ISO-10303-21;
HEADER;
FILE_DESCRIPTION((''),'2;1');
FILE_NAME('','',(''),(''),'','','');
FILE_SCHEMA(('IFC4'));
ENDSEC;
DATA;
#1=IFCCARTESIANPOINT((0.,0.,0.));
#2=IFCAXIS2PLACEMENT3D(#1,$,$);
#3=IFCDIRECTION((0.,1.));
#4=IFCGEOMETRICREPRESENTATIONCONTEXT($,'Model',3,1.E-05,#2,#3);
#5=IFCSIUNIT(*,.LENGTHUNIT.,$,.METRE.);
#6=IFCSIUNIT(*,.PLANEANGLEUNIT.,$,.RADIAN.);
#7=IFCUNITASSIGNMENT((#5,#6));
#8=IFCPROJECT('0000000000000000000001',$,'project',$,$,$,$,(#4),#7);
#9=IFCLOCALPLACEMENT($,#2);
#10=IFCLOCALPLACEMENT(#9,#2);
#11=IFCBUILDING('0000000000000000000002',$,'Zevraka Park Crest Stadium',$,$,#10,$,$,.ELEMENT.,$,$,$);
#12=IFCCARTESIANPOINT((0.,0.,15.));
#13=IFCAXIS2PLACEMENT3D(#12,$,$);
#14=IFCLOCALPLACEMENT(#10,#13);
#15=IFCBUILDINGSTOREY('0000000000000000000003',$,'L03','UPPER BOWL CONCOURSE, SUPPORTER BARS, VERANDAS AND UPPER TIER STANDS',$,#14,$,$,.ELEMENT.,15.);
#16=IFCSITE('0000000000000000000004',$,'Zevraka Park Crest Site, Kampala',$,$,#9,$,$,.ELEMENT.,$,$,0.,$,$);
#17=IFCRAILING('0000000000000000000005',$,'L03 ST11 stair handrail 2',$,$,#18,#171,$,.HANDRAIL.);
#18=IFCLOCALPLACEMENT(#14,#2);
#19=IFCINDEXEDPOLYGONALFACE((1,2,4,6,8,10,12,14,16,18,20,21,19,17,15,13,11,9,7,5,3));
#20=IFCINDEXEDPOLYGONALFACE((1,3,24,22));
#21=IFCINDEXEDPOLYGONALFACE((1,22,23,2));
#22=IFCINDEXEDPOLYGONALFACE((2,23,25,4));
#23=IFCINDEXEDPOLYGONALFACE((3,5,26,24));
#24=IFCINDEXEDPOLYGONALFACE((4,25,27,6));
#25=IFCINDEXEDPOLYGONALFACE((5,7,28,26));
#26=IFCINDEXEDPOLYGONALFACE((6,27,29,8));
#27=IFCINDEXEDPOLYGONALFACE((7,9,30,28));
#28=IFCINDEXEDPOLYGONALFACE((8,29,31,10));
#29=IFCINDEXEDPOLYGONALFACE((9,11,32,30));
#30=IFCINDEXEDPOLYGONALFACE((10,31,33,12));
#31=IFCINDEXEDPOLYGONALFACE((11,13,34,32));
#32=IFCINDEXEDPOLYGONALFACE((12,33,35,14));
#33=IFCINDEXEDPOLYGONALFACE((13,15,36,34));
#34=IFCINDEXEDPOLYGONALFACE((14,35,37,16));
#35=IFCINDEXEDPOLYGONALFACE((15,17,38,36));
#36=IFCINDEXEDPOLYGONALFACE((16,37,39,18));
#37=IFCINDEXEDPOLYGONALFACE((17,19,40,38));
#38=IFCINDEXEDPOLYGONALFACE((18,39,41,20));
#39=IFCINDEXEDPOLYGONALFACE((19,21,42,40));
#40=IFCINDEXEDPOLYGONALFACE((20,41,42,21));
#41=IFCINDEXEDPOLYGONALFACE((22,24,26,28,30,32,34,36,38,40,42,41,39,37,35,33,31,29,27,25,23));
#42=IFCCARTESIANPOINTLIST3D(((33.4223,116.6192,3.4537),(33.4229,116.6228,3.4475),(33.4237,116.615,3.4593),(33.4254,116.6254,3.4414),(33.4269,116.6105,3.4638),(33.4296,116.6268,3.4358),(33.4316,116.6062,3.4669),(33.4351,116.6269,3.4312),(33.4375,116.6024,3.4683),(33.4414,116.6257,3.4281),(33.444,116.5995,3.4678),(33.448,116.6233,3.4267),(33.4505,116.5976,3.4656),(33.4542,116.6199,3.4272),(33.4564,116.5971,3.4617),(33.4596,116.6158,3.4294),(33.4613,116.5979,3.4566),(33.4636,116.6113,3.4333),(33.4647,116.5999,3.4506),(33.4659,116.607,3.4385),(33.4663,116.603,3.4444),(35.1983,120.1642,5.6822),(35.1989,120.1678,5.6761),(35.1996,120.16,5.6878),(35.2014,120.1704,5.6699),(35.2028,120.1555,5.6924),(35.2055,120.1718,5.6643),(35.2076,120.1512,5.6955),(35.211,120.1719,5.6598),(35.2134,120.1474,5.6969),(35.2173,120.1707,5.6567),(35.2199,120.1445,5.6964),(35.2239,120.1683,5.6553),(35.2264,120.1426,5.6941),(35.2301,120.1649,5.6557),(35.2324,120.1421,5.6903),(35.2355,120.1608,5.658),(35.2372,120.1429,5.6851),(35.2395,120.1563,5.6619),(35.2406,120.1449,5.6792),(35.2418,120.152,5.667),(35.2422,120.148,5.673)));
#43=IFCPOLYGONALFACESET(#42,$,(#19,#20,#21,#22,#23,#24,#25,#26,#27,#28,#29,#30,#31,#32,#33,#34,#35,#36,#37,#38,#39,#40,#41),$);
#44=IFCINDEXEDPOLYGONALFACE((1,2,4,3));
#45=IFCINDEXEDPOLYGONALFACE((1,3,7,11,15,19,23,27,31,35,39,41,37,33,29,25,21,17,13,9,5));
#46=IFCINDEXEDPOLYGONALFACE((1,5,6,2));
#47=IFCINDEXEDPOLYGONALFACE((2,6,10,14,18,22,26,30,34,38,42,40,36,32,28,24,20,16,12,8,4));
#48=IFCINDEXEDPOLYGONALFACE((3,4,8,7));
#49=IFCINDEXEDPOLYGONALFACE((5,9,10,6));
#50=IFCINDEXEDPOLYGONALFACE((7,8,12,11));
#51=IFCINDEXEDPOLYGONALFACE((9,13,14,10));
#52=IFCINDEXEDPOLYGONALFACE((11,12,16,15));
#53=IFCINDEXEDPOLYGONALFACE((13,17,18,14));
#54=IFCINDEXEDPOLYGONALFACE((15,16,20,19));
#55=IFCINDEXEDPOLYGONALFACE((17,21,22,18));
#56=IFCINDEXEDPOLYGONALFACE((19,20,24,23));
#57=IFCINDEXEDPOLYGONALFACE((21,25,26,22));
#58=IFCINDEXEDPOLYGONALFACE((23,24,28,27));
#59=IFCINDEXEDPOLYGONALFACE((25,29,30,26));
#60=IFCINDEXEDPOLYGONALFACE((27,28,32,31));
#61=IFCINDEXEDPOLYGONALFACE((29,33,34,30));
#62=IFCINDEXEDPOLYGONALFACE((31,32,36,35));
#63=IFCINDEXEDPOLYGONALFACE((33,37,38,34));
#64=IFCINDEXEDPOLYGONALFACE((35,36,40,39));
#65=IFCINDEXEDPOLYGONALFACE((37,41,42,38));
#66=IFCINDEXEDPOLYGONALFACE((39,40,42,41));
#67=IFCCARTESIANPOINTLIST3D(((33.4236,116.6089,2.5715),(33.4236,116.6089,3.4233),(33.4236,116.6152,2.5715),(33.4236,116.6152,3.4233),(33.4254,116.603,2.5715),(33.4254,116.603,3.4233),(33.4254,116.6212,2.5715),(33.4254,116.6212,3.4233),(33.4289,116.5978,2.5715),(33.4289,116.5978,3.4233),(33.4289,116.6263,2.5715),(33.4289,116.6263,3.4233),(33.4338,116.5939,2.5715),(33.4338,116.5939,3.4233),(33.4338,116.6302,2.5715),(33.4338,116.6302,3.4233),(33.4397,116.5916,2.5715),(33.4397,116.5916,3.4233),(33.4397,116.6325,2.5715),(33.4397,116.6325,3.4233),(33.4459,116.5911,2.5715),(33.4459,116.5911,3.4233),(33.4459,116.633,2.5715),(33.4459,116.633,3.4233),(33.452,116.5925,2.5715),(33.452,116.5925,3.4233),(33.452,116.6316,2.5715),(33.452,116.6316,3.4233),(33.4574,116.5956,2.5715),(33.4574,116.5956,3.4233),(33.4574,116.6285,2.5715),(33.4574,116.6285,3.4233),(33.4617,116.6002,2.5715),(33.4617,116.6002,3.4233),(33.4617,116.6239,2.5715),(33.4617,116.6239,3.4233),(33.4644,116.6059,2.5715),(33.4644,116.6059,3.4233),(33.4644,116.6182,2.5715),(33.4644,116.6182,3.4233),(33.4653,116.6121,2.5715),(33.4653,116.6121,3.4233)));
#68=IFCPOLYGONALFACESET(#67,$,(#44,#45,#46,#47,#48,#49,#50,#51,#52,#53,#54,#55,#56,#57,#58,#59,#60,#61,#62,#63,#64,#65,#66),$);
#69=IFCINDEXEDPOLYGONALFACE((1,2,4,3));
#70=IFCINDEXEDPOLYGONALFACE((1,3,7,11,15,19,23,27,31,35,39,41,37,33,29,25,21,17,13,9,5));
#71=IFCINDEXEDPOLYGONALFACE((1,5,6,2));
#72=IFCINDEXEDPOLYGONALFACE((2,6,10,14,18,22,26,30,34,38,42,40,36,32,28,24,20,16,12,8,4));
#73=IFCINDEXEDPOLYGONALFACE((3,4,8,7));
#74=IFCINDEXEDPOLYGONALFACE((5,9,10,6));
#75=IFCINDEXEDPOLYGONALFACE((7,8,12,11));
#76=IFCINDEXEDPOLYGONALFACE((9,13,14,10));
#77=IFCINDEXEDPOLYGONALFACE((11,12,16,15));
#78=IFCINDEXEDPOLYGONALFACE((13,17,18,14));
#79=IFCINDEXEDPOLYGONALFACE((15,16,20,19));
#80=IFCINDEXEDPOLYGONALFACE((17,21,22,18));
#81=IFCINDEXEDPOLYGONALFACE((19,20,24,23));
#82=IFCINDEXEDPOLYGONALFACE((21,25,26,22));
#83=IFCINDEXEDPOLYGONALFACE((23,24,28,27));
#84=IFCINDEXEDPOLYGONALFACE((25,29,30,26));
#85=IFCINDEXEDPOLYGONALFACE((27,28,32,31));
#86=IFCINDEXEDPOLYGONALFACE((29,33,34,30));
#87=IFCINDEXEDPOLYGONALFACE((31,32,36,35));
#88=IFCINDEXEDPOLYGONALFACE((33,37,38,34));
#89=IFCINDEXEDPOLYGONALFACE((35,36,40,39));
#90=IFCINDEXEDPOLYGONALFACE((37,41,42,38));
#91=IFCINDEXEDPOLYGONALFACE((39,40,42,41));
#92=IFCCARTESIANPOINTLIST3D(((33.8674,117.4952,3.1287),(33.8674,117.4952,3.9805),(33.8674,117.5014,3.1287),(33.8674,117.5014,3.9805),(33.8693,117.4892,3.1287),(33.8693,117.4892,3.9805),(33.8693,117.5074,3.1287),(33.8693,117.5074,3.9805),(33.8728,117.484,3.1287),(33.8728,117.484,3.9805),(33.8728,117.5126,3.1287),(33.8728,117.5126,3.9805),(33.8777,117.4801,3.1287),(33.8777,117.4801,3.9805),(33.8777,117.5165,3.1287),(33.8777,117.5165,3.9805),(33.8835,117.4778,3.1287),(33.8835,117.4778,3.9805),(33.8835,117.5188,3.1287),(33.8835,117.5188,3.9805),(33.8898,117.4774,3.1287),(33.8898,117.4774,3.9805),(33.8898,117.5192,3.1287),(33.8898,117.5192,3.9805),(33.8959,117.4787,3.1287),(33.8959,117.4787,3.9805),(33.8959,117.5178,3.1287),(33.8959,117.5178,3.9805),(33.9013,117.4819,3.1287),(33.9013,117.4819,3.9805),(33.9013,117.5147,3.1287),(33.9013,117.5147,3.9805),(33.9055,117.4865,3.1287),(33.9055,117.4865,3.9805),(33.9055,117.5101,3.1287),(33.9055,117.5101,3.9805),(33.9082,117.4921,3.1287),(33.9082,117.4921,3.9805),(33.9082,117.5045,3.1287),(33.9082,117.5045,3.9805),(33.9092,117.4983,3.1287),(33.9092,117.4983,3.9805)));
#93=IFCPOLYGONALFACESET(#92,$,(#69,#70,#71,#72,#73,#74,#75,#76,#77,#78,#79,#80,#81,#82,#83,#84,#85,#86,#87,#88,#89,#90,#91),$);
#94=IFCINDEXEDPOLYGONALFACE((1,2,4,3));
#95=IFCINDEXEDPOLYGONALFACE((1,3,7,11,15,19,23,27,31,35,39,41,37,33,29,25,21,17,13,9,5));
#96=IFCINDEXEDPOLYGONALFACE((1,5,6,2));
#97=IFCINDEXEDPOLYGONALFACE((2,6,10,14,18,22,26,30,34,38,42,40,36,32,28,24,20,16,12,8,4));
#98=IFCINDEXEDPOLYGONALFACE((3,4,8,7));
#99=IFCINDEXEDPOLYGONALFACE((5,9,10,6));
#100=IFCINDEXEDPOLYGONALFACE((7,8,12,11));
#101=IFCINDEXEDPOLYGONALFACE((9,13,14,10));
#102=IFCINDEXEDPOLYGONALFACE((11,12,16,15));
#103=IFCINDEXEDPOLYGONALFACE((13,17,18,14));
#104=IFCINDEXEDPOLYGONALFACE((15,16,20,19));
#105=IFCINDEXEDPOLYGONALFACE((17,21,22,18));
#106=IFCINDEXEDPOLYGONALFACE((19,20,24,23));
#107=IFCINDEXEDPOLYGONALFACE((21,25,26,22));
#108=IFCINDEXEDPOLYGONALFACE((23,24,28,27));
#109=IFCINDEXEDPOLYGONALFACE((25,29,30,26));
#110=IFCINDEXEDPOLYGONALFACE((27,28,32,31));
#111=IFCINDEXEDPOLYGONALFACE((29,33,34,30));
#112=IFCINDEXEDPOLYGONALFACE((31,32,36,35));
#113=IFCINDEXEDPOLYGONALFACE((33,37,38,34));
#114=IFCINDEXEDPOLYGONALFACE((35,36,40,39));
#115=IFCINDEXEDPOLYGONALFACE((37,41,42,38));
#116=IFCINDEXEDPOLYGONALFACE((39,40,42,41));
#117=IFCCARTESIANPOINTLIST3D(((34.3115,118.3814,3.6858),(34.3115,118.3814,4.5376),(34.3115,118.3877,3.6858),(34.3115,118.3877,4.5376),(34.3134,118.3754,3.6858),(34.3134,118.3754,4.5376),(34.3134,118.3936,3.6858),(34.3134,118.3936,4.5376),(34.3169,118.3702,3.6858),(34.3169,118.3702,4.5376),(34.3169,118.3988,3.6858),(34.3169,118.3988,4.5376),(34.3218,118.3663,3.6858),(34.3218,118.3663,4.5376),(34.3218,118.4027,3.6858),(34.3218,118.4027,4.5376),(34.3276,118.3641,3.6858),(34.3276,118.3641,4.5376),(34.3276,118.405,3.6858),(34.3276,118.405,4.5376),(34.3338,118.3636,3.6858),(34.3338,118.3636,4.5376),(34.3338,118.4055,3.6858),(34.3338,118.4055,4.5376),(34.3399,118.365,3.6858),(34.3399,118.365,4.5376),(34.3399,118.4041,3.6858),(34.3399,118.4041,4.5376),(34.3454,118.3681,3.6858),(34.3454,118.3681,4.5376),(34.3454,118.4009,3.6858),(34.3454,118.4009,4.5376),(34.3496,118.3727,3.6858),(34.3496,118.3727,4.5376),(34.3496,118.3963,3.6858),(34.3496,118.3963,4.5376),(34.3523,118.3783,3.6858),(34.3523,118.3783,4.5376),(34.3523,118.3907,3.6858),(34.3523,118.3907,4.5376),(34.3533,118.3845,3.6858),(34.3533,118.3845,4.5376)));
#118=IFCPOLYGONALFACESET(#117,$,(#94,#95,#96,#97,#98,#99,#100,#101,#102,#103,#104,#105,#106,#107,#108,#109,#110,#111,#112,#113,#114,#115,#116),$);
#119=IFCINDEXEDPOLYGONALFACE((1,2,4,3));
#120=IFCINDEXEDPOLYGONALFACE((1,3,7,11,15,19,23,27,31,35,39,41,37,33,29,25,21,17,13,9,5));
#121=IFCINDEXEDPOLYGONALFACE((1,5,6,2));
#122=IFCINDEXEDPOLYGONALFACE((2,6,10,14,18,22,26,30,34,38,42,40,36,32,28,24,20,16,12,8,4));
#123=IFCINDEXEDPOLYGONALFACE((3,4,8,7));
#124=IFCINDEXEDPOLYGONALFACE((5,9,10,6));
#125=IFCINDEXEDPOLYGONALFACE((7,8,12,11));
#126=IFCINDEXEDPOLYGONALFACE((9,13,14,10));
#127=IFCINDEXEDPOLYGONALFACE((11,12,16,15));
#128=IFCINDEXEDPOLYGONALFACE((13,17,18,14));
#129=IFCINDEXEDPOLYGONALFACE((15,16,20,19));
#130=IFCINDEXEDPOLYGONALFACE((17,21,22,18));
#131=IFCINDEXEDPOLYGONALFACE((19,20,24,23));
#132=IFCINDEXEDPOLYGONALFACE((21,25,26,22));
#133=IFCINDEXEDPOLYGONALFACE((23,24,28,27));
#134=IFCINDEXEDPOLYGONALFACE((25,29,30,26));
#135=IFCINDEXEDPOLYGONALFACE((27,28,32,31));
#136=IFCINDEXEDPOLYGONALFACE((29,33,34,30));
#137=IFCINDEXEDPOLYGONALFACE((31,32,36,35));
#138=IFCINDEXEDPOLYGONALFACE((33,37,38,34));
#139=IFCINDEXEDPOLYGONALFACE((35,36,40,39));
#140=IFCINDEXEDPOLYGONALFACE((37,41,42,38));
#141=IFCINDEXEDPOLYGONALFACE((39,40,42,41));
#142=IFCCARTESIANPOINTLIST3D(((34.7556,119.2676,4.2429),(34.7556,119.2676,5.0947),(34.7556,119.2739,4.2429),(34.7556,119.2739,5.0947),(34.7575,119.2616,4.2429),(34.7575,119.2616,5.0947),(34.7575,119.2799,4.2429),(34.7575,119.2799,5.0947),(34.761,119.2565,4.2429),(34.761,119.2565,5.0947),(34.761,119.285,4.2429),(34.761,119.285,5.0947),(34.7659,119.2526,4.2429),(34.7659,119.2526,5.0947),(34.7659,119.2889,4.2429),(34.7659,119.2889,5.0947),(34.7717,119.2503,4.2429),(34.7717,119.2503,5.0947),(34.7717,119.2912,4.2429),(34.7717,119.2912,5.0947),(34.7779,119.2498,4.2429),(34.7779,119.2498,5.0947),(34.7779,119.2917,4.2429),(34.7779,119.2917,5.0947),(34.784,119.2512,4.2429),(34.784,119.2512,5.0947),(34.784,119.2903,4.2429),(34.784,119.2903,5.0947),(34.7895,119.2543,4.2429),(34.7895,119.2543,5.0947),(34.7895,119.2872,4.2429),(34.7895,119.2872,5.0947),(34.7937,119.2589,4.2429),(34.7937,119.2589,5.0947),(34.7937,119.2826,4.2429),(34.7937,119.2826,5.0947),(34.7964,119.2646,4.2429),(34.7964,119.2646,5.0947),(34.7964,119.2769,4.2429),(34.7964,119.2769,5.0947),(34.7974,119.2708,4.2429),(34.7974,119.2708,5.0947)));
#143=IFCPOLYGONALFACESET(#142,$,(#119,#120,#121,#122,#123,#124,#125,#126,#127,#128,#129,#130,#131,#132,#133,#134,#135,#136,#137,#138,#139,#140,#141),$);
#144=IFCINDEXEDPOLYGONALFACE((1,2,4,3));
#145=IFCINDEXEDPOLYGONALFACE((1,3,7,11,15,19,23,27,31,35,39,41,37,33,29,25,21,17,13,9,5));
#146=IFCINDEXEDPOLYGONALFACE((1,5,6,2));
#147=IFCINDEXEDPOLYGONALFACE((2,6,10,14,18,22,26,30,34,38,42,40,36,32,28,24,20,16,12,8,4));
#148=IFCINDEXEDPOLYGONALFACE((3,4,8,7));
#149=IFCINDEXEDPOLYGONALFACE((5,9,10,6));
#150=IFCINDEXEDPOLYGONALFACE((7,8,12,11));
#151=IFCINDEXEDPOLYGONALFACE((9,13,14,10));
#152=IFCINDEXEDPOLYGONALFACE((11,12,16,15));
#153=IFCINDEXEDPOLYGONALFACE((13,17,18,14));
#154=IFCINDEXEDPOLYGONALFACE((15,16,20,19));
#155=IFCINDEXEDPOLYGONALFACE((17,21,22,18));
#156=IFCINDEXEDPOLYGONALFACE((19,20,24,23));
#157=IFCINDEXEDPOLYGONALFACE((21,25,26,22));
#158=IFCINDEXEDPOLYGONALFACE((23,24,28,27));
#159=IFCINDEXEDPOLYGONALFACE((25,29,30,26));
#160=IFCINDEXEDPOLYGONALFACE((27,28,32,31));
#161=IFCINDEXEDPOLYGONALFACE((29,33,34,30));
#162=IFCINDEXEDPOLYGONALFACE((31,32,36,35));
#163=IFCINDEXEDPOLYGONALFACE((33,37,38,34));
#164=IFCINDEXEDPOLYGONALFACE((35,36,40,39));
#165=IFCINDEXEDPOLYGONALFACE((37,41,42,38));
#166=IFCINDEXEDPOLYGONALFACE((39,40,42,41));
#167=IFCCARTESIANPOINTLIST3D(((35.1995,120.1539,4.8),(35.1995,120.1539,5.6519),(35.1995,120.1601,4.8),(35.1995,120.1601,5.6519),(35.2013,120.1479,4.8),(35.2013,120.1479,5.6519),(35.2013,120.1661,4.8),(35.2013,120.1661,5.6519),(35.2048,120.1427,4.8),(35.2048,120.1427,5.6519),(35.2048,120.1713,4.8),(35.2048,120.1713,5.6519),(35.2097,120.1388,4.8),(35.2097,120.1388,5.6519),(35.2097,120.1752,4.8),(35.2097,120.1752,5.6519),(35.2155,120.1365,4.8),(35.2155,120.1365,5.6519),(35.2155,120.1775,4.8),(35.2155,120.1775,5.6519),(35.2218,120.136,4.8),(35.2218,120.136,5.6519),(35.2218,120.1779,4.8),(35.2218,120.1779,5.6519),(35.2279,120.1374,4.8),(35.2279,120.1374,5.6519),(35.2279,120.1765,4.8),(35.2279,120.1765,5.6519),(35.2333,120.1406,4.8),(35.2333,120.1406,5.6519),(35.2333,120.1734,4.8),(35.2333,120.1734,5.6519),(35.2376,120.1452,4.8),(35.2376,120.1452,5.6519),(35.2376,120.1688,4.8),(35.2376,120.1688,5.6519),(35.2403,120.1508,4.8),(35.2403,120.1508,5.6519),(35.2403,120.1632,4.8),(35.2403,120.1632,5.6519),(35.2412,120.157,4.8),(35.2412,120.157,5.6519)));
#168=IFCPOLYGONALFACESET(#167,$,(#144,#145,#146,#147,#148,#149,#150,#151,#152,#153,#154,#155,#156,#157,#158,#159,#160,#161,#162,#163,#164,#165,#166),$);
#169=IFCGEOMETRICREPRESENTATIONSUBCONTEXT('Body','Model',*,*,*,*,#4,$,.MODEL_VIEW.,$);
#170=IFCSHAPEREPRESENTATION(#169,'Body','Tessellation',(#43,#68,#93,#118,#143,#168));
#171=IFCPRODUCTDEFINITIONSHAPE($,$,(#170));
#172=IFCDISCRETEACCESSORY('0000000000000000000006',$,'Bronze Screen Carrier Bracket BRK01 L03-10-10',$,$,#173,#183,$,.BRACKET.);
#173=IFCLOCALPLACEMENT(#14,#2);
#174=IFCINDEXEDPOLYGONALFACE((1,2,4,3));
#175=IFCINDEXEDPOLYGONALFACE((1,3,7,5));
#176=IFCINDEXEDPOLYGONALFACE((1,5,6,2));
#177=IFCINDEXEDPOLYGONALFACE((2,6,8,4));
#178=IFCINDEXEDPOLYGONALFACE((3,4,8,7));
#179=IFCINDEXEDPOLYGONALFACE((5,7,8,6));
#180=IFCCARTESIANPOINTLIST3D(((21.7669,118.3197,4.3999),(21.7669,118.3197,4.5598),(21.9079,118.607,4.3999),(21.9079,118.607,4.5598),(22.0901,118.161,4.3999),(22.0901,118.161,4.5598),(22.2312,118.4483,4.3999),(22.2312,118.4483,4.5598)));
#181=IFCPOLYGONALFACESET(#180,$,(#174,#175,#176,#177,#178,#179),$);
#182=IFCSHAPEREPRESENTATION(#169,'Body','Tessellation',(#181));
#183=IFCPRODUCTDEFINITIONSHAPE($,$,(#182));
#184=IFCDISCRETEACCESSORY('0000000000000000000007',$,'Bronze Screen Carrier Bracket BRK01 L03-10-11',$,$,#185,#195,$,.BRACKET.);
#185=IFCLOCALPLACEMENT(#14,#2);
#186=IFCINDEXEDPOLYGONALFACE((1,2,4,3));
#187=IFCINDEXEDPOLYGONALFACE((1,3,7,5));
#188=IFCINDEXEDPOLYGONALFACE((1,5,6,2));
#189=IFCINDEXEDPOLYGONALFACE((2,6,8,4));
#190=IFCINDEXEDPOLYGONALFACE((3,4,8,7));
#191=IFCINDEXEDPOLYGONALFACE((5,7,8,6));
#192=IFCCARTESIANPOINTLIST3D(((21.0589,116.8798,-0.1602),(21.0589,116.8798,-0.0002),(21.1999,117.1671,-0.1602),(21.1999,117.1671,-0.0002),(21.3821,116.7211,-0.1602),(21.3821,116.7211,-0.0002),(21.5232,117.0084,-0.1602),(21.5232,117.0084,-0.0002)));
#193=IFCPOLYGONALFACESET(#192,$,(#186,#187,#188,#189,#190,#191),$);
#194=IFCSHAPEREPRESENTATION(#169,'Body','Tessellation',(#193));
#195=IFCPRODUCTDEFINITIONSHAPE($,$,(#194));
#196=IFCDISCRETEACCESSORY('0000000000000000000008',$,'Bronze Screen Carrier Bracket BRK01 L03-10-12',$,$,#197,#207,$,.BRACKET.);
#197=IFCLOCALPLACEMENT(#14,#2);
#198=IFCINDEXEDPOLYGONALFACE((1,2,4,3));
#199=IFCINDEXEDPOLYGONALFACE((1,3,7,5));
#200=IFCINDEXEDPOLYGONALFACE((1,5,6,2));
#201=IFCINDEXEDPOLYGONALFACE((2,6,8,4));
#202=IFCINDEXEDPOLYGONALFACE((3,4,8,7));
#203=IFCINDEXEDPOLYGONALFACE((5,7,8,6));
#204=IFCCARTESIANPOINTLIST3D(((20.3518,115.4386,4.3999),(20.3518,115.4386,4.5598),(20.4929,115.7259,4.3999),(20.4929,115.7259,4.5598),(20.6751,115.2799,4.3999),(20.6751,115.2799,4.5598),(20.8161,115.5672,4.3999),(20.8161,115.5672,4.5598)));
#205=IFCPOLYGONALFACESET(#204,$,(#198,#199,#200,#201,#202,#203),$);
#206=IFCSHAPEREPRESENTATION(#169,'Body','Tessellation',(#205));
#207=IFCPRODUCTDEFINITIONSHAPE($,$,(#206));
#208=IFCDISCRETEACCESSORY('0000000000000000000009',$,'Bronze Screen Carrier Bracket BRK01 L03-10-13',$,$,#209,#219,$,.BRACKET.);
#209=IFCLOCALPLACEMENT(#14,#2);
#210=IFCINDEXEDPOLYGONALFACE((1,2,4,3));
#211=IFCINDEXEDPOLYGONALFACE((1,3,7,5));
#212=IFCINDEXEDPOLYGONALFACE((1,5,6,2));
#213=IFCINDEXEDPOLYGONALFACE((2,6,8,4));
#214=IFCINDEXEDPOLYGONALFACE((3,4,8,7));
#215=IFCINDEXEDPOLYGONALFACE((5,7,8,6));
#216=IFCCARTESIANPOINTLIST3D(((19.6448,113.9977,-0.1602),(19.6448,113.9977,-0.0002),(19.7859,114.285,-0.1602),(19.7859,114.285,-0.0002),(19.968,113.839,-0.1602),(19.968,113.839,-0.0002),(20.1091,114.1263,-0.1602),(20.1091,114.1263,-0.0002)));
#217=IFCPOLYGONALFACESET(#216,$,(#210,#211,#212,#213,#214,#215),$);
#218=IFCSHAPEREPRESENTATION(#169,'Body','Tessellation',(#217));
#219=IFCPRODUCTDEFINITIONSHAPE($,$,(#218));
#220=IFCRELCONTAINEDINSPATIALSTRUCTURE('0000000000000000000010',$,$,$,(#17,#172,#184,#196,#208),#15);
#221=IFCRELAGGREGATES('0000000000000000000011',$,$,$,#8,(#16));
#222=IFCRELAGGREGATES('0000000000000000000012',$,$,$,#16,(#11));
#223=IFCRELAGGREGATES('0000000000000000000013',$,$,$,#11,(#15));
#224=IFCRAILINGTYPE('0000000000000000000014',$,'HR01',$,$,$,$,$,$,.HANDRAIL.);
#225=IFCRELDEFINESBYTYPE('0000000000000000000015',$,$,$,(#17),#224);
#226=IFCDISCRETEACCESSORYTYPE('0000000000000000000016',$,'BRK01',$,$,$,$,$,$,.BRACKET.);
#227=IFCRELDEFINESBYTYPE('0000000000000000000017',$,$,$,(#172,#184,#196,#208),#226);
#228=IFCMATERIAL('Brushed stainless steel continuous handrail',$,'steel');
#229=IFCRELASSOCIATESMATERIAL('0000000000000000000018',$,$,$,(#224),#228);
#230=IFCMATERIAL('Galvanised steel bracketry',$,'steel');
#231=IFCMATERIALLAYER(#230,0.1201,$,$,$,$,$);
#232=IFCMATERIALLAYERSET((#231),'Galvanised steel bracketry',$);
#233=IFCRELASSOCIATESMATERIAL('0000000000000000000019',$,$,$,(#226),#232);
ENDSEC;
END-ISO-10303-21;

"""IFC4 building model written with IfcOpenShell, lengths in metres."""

from ifc_helpers import new_model, si_unit, direction, frame, origin, origin_2d, place, context, subcontext, project, spatial, rectangle, circle, extrude, material, layer, layer_set, type_object, element, save


model = new_model("IFC4")

# Units and contexts
model_context = context("Model", 3, precision=1e-05, world=origin(), true_north=direction((0.0, 1.0)))
body_context = subcontext(model_context, "Body", "Model", "MODEL_VIEW")
ifc_project = project(units=[si_unit("LENGTHUNIT", "METRE"), si_unit("PLANEANGLEUNIT", "RADIAN")], contexts=[model_context])

# Site, building, storey
site_placement = place(None, origin())
site = spatial("IfcSite", under=ifc_project, at=site_placement, Name="Zevraka Park Crest Site, Kampala", CompositionType="ELEMENT", RefElevation=0.0)
building_placement = place(site_placement, origin())
building = spatial("IfcBuilding", under=site, at=building_placement, Name="Zevraka Park Crest Stadium", CompositionType="ELEMENT")
storey_placement = place(building_placement, frame((0.0, 0.0, 15.0)))
storey = spatial("IfcBuildingStorey", under=building, at=storey_placement, Name="L03", Description="UPPER BOWL CONCOURSE, SUPPORTER BARS, VERANDAS AND UPPER TIER STANDS", CompositionType="ELEMENT", Elevation=15.0)

# Railing
ifc_material_1 = material(Name="Brushed stainless steel continuous handrail", Category="steel")
railing_type_1 = type_object("IfcRailingType", Name="HR01", PredefinedType="HANDRAIL", material=ifc_material_1)
railing_1_placement = place(storey_placement, frame((33.4443, 116.6121, 2.5715)))
element("IfcRailing", 1, at=railing_1_placement, inside=storey, type_object=railing_type_1, Name="L03 ST11 stair handrail 2", PredefinedType="HANDRAIL", context=body_context, shape_type="SweptSolid", body=[
    extrude(circle(Radius=0.0239, at=origin_2d()), frame((0.0, 0.0, 0.876), z_axis=(0.390454, 0.779405, 0.489973), x_axis=(-0.894082, 0.447903, 0.0)), (0.0, 0.0, 1.0), 4.5483),
    extrude(circle(Radius=0.021, at=origin_2d()), origin(), (0.0, 0.0, 1.0), 0.8518),
    extrude(circle(Radius=0.021, at=origin_2d()), frame((0.4438, 0.8862, 0.5571)), (0.0, 0.0, 1.0), 0.8518),
    extrude(circle(Radius=0.021, at=origin_2d()), frame((0.8879, 1.7725, 1.1143)), (0.0, 0.0, 1.0), 0.8518),
    extrude(circle(Radius=0.021, at=origin_2d()), frame((1.332, 2.6587, 1.6714)), (0.0, 0.0, 1.0), 0.8518),
    extrude(circle(Radius=0.021, at=origin_2d()), frame((1.7759, 3.5449, 2.2285)), (0.0, 0.0, 1.0), 0.8518),
])

# Discrete accessories
ifc_material_2 = material(Name="Galvanised steel bracketry", Category="steel")
ifc_layer_1 = layer(ifc_material_2, 0.1201)
ifc_layer_set_1 = layer_set([ifc_layer_1], Name="Galvanised steel bracketry")
discrete_accessory_type = type_object("IfcDiscreteAccessoryType", Name="BRK01", PredefinedType="BRACKET", material=ifc_layer_set_1)
for number, where, z_axis, x_axis, name in (
    (2, (21.999, 118.384, 4.3999), (0.0, 0.0, 1.0), (-0.440723, -0.897643, 0.0), "Bronze Screen Carrier Bracket BRK01 L03-10-10"),
    (3, (21.291, 116.9441, -0.1602), (0.0, 0.0, 1.0), (-0.440723, -0.897643, 0.0), "Bronze Screen Carrier Bracket BRK01 L03-10-11"),
    (4, (20.584, 115.5029, 4.3999), (0.0, 0.0, 1.0), (-0.440723, -0.897643, 0.0), "Bronze Screen Carrier Bracket BRK01 L03-10-12"),
    (5, (19.877, 114.062, -0.1602), (0.0, 0.0, 1.0), (-0.440723, -0.897643, 0.0), "Bronze Screen Carrier Bracket BRK01 L03-10-13"),
):
    element("IfcDiscreteAccessory", number, at=place(storey_placement, frame(where, z_axis=z_axis, x_axis=x_axis)), inside=storey, type_object=discrete_accessory_type, Name=name, PredefinedType="BRACKET", context=body_context, shape_type="SweptSolid", body=[
        extrude(rectangle(XDim=0.3201, YDim=0.3601, at=origin_2d()), origin(), (0.0, 0.0, 1.0), 0.1599),
    ])

save(model, "model.ifc")
